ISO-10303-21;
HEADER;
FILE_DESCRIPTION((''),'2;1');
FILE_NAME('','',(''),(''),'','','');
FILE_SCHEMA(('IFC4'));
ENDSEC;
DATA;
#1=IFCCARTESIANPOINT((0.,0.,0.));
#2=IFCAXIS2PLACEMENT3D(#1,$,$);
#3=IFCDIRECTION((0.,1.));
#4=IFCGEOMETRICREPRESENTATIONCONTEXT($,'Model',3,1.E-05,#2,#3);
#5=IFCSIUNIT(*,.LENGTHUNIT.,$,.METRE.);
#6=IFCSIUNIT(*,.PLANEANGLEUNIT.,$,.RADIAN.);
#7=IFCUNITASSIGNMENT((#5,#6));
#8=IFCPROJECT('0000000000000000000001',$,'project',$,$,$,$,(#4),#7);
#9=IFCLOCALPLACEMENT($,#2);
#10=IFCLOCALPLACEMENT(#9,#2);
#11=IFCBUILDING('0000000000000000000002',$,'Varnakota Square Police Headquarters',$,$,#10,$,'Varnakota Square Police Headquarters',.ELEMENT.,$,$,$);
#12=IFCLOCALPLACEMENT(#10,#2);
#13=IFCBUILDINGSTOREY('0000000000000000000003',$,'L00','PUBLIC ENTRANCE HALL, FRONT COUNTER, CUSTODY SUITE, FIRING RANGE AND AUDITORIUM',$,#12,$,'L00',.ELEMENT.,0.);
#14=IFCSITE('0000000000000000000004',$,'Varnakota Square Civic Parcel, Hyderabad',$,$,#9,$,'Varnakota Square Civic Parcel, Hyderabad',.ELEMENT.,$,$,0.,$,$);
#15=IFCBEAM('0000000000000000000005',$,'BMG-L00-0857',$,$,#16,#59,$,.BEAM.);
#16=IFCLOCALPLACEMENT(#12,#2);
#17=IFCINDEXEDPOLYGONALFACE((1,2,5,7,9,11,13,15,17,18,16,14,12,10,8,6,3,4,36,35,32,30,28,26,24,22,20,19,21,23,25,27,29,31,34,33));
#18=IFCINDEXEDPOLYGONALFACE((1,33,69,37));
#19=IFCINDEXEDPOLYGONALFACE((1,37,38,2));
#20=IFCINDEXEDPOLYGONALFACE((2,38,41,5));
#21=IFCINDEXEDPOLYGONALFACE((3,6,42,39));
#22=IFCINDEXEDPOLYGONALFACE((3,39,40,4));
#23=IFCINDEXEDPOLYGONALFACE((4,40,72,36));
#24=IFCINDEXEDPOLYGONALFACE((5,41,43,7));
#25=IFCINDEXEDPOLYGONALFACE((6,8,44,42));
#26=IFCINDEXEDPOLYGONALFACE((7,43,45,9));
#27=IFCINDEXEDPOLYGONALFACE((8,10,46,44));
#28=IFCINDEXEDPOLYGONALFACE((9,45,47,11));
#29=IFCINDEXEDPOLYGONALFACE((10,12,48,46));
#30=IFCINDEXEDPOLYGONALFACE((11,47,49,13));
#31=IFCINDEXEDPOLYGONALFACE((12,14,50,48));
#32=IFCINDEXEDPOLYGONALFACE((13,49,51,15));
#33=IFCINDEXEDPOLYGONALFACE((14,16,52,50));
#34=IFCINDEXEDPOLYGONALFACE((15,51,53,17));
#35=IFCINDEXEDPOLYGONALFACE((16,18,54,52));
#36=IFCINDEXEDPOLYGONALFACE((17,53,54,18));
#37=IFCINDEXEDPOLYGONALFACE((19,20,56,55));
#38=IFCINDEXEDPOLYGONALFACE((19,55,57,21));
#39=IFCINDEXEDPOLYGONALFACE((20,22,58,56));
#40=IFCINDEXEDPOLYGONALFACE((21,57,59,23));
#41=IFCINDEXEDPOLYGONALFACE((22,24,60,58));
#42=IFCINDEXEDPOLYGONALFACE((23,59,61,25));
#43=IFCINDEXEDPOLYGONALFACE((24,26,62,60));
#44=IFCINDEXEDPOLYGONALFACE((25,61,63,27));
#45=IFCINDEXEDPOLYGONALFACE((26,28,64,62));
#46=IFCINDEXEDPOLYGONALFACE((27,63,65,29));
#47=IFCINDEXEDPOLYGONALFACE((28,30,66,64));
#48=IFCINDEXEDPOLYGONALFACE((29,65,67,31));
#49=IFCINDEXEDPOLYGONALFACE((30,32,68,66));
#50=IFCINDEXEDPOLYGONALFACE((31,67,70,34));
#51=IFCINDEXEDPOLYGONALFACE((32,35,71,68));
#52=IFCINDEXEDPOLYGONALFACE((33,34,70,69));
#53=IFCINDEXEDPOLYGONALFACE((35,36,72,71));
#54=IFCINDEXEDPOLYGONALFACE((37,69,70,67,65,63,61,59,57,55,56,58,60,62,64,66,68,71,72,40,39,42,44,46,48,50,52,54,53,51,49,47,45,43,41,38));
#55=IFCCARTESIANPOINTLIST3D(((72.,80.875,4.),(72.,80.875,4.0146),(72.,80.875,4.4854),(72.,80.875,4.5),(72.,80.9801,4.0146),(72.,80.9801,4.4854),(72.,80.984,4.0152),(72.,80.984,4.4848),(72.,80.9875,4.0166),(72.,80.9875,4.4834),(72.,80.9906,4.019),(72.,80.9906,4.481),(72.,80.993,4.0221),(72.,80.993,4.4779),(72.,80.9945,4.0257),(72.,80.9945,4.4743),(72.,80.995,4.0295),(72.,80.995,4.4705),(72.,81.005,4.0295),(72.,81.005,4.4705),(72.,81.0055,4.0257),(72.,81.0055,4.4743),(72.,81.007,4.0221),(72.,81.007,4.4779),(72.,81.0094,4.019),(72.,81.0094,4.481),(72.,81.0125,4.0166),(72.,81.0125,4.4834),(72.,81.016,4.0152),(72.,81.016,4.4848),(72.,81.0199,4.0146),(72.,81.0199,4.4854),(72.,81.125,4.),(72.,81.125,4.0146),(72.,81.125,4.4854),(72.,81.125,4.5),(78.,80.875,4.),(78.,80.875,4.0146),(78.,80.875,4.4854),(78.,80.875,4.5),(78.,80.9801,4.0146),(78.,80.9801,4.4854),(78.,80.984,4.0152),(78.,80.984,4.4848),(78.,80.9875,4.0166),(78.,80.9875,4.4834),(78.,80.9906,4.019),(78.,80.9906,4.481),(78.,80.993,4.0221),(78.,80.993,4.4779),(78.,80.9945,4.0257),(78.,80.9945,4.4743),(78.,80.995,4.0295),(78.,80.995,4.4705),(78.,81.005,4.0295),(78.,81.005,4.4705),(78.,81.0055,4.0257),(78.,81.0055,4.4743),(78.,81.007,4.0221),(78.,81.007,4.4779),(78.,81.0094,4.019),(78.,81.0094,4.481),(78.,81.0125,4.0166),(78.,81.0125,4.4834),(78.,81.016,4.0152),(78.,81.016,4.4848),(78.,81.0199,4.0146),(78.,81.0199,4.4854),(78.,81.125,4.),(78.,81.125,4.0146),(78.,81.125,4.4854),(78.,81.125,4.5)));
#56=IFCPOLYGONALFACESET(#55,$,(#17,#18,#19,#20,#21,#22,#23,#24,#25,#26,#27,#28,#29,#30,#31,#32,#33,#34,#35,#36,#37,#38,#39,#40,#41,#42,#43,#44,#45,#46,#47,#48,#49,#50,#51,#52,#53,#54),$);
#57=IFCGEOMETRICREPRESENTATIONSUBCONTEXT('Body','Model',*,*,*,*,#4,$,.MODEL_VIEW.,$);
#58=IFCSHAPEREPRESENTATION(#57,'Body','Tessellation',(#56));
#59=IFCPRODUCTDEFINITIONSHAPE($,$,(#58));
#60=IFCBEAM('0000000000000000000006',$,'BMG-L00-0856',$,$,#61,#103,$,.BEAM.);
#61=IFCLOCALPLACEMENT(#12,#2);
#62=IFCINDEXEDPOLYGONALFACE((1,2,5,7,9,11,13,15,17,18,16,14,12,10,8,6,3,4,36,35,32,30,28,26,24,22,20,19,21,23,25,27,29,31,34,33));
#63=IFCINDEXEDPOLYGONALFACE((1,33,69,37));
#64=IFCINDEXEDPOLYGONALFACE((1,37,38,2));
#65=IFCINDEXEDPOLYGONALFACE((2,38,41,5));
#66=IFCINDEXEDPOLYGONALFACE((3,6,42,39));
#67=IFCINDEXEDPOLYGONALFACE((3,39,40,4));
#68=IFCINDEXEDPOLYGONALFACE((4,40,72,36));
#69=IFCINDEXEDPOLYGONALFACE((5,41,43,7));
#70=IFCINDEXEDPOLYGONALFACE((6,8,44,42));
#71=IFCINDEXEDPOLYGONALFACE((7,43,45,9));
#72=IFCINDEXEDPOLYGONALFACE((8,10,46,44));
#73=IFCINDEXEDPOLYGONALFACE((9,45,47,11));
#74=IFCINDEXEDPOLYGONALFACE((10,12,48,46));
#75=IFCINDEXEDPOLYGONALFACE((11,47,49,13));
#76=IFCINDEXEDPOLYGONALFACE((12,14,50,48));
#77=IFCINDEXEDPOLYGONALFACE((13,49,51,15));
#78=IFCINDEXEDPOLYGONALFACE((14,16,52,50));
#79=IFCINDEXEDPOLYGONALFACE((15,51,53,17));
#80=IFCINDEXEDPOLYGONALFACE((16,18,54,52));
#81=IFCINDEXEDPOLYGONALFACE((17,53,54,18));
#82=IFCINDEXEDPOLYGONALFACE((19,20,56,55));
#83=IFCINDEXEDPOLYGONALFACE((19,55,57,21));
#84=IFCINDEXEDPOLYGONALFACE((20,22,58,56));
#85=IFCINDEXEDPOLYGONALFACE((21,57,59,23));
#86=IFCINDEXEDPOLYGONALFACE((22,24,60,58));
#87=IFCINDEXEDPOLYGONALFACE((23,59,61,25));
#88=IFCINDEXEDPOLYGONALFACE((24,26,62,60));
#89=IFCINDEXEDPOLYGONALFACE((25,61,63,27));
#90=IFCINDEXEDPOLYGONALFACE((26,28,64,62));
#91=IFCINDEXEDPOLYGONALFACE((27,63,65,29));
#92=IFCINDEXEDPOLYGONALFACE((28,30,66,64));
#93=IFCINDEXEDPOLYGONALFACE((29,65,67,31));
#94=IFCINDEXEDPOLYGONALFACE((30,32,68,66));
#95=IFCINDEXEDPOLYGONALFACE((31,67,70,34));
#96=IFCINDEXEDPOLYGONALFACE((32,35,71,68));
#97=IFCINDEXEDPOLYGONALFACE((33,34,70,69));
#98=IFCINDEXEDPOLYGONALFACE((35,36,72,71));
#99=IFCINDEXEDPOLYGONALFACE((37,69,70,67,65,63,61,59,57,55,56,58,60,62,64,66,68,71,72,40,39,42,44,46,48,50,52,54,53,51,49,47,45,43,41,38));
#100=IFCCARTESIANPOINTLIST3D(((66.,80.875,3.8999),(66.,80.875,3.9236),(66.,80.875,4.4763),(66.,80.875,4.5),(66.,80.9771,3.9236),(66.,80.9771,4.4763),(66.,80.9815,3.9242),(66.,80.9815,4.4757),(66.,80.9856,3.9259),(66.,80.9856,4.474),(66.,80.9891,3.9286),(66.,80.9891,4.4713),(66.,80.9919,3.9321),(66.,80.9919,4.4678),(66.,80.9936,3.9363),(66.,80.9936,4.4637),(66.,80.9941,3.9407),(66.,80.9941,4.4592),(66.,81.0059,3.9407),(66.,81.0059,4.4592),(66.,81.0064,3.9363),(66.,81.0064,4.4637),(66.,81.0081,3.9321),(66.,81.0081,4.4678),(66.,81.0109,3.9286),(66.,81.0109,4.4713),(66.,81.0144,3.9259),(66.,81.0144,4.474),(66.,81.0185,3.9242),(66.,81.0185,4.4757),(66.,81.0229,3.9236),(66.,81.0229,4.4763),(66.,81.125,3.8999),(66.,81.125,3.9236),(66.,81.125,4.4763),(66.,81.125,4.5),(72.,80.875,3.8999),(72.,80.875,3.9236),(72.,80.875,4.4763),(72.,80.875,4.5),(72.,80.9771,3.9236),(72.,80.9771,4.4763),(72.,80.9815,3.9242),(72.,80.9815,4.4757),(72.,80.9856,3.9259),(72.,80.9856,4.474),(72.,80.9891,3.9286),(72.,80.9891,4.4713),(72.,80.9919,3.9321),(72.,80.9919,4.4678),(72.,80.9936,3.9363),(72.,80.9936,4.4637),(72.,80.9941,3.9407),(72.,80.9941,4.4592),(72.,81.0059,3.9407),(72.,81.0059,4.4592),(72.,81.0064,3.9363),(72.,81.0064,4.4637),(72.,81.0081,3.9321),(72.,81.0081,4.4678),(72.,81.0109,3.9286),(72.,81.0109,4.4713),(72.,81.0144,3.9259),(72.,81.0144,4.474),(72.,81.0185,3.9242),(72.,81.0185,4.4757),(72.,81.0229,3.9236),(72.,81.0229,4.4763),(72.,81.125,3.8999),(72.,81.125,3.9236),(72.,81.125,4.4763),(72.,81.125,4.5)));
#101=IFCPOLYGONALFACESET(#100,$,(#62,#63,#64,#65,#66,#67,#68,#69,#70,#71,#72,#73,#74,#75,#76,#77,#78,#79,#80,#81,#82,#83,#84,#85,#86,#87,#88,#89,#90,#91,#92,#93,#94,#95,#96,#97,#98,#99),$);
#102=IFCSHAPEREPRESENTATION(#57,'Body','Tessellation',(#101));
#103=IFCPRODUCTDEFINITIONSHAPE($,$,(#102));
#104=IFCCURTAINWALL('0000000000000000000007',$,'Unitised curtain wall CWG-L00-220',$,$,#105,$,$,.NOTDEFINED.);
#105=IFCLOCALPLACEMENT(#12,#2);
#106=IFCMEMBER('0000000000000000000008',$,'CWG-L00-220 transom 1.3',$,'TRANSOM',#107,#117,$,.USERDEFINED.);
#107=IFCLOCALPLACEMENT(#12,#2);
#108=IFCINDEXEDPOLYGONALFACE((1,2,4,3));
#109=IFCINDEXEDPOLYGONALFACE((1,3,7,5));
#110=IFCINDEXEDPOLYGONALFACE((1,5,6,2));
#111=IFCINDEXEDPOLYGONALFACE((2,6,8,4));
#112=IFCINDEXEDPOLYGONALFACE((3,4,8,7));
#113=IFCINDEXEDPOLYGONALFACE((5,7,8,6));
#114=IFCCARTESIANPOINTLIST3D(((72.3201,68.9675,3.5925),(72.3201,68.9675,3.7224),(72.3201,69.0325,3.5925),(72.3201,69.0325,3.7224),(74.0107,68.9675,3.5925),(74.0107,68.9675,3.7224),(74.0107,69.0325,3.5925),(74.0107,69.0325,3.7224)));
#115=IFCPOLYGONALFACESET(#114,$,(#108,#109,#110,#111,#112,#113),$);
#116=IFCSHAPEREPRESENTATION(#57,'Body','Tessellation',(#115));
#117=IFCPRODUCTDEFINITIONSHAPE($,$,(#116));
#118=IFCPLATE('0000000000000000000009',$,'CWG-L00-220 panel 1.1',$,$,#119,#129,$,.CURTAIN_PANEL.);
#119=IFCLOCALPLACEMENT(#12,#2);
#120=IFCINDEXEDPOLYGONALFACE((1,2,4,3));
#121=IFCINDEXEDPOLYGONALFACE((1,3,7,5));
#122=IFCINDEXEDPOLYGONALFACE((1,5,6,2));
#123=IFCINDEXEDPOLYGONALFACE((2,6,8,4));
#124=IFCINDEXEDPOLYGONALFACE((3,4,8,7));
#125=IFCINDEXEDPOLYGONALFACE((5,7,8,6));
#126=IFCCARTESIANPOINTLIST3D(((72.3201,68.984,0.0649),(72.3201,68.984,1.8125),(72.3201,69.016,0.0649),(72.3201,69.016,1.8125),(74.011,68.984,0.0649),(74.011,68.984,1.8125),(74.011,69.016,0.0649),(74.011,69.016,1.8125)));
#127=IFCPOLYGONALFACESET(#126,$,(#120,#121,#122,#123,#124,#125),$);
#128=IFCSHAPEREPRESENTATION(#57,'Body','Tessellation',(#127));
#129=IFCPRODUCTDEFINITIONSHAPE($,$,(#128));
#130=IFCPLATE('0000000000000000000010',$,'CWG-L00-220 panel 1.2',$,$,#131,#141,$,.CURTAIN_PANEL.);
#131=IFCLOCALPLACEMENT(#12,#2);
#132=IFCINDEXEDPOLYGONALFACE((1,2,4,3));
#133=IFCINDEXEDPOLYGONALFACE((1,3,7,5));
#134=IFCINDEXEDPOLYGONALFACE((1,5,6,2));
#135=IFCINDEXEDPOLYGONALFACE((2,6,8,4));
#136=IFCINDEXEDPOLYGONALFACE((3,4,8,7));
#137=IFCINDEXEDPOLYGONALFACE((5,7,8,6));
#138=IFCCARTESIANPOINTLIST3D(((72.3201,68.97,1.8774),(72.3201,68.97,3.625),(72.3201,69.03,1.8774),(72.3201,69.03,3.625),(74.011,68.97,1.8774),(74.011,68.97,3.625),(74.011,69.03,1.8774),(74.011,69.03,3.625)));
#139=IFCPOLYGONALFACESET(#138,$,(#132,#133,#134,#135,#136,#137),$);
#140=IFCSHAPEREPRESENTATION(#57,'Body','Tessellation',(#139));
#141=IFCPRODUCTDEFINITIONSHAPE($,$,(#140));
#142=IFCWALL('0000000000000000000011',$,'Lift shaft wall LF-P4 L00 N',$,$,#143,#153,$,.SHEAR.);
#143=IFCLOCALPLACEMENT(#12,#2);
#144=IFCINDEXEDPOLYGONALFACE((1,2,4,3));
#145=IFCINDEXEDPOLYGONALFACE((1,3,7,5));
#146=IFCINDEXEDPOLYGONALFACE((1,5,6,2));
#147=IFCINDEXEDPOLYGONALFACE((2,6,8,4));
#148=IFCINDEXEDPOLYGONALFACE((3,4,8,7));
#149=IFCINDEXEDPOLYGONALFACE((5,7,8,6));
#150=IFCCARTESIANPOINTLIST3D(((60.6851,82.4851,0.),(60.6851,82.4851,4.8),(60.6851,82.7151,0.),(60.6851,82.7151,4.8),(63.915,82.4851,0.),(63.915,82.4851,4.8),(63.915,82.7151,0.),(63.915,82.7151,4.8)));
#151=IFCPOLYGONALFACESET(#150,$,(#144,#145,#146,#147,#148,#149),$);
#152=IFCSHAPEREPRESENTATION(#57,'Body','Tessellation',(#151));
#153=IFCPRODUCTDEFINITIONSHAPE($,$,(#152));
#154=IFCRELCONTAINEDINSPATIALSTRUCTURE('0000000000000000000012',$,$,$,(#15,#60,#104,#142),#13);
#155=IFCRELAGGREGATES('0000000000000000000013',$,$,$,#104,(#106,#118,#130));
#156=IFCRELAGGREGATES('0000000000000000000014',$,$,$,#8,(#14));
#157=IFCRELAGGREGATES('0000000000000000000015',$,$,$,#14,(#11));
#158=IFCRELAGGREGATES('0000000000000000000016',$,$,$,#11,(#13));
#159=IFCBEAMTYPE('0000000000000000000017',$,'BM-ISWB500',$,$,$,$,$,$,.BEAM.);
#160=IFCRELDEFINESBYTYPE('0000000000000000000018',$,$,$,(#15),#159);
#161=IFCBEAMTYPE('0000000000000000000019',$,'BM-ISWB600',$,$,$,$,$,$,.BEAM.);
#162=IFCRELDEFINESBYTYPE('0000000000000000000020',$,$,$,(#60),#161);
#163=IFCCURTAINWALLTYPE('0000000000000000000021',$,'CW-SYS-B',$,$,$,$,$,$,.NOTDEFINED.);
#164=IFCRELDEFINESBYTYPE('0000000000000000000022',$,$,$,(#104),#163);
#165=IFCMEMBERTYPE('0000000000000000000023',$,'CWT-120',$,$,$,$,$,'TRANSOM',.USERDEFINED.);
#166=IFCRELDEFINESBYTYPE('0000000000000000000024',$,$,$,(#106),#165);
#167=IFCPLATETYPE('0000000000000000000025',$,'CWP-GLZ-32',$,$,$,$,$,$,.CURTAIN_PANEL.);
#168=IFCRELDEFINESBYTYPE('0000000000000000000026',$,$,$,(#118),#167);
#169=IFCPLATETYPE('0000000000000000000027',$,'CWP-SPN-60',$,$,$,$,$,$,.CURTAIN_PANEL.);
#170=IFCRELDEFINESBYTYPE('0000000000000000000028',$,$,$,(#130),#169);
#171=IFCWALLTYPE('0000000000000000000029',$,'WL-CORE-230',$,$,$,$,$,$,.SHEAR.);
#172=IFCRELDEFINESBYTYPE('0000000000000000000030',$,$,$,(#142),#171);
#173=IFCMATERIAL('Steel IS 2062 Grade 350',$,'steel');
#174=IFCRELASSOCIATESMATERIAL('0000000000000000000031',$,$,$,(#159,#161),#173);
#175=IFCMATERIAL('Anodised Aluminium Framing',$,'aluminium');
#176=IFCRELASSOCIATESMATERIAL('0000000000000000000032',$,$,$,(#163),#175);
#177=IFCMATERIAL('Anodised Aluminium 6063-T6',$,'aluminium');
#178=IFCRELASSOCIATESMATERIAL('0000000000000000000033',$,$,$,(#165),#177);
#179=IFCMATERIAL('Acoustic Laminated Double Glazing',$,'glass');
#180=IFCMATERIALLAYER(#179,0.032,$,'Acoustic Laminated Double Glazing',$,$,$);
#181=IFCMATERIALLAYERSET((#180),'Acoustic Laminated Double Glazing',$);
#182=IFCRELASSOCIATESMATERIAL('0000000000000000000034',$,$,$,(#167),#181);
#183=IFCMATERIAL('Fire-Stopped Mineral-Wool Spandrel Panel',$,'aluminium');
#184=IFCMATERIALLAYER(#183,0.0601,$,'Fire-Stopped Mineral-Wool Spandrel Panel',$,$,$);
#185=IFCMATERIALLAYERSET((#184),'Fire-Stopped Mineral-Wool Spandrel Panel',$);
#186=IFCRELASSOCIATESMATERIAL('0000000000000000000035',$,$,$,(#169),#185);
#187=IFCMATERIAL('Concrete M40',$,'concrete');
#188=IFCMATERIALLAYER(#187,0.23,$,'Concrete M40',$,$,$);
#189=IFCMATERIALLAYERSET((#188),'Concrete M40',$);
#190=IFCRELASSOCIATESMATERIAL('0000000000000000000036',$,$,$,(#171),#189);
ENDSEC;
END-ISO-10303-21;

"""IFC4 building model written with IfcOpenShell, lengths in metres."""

from ifc_helpers import new_model, si_unit, direction, frame, frame_2d, origin, origin_2d, place, context, subcontext, project, spatial, rectangle, i_section, extrude, material, layer, layer_set, material_profile, profile_set, type_object, element, aggregate, save


model = new_model("IFC4")

# Units and contexts
model_context = context("Model", 3, precision=1e-05, world=origin(), true_north=direction((0.0, 1.0)))
body_context = subcontext(model_context, "Body", "Model", "MODEL_VIEW")
ifc_project = project(units=[si_unit("LENGTHUNIT", "METRE"), si_unit("PLANEANGLEUNIT", "RADIAN")], contexts=[model_context])

# Site, building, storey
site_placement = place(None, origin())
site = spatial("IfcSite", under=ifc_project, at=site_placement, Name="Varnakota Square Civic Parcel, Hyderabad", LongName="Varnakota Square Civic Parcel, Hyderabad", CompositionType="ELEMENT", RefElevation=0.0)
building_placement = place(site_placement, origin())
building = spatial("IfcBuilding", under=site, at=building_placement, Name="Varnakota Square Police Headquarters", LongName="Varnakota Square Police Headquarters", CompositionType="ELEMENT")
storey_placement = place(building_placement, origin())
storey = spatial("IfcBuildingStorey", under=building, at=storey_placement, Name="L00", Description="PUBLIC ENTRANCE HALL, FRONT COUNTER, CUSTODY SUITE, FIRING RANGE AND AUDITORIUM", LongName="L00", CompositionType="ELEMENT", Elevation=0.0)

# Shared definitions
ifc_material_1 = material(Name="Concrete M40", Category="concrete")

# Beams
ifc_material_2 = material(Name="Steel IS 2062 Grade 350", Category="steel")
ifc_material_profile_1 = material_profile(ifc_material_2, i_section(OverallWidth=0.25, OverallDepth=0.5, WebThickness=0.01, FlangeThickness=0.0146, FilletRadius=0.0149, at=origin_2d()), Name="ISWB 500")
ifc_profile_set_1 = profile_set([ifc_material_profile_1], Name="Steel IS 2062 Grade 350")
beam_type_1 = type_object("IfcBeamType", Name="BM-ISWB500", PredefinedType="BEAM", material=ifc_profile_set_1)
beam_1_placement = place(storey_placement, frame((72.0, 81.0, 4.25), z_axis=(1.0, 0.0, 0.0), x_axis=(0.0, 1.0, 0.0)))
element("IfcBeam", 1, at=beam_1_placement, inside=storey, type_object=beam_type_1, Name="BMG-L00-0857", PredefinedType="BEAM", context=body_context, shape_type="SweptSolid", body=[
    extrude(i_section(OverallWidth=0.25, OverallDepth=0.5, WebThickness=0.01, FlangeThickness=0.0146, FilletRadius=0.0149, at=origin_2d()), origin(), (0.0, 0.0, 1.0), 6.0),
])
ifc_material_profile_2 = material_profile(ifc_material_2, i_section(OverallWidth=0.25, OverallDepth=0.6001, WebThickness=0.0117, FlangeThickness=0.0237, FilletRadius=0.0171, at=origin_2d()), Name="ISWB 600")
ifc_profile_set_2 = profile_set([ifc_material_profile_2], Name="Steel IS 2062 Grade 350")
beam_type_2 = type_object("IfcBeamType", Name="BM-ISWB600", PredefinedType="BEAM", material=ifc_profile_set_2)
beam_2_placement = place(storey_placement, frame((66.0, 81.0, 4.2), z_axis=(1.0, 0.0, 0.0), x_axis=(0.0, 1.0, 0.0)))
element("IfcBeam", 2, at=beam_2_placement, inside=storey, type_object=beam_type_2, Name="BMG-L00-0856", PredefinedType="BEAM", context=body_context, shape_type="SweptSolid", body=[
    extrude(i_section(OverallWidth=0.25, OverallDepth=0.6001, WebThickness=0.0117, FlangeThickness=0.0237, FilletRadius=0.0171, at=origin_2d()), origin(), (0.0, 0.0, 1.0), 6.0),
])

# Curtain wall, member, plates
ifc_material_3 = material(Name="Anodised Aluminium Framing", Category="aluminium")
curtain_wall_type = type_object("IfcCurtainWallType", Name="CW-SYS-B", PredefinedType="NOTDEFINED", material=ifc_material_3)
curtain_wall_placement = place(storey_placement, origin())
curtain_wall = element("IfcCurtainWall", 3, at=curtain_wall_placement, inside=storey, type_object=curtain_wall_type, Name="Unitised curtain wall CWG-L00-220", PredefinedType="NOTDEFINED")
ifc_material_4 = material(Name="Anodised Aluminium 6063-T6", Category="aluminium")
ifc_material_profile_3 = material_profile(ifc_material_4, rectangle(XDim=0.0649, YDim=0.1299, at=origin_2d()), Name="ALU TRANSOM 65x130")
ifc_profile_set_3 = profile_set([ifc_material_profile_3], Name="Anodised Aluminium 6063-T6")
member_type = type_object("IfcMemberType", Name="CWT-120", ElementType="TRANSOM", PredefinedType="USERDEFINED", material=ifc_profile_set_3)
member_placement = place(storey_placement, frame((72.3201, 69.0, 3.6575), z_axis=(1.0, 0.0, 0.0), x_axis=(0.0, 1.0, 0.0)))
member = element("IfcMember", 4, at=member_placement, type_object=member_type, Name="CWG-L00-220 transom 1.3", ObjectType="TRANSOM", PredefinedType="USERDEFINED", context=body_context, shape_type="SweptSolid", body=[
    extrude(rectangle(XDim=0.0649, YDim=0.1299, at=origin_2d()), origin(), (0.0, 0.0, 1.0), 1.6907),
])
ifc_material_5 = material(Name="Acoustic Laminated Double Glazing", Category="glass")
ifc_layer_1 = layer(ifc_material_5, 0.032, Name="Acoustic Laminated Double Glazing")
ifc_layer_set_1 = layer_set([ifc_layer_1], Name="Acoustic Laminated Double Glazing")
plate_type_1 = type_object("IfcPlateType", Name="CWP-GLZ-32", PredefinedType="CURTAIN_PANEL", material=ifc_layer_set_1)
plate_1_placement = place(storey_placement, frame((73.1655, 69.0, 0.0649), z_axis=(0.0, 0.0, 1.0), x_axis=(1.0, 0.0, 0.0)))
plate_1 = element("IfcPlate", 5, at=plate_1_placement, type_object=plate_type_1, Name="CWG-L00-220 panel 1.1", PredefinedType="CURTAIN_PANEL", context=body_context, shape_type="SweptSolid", body=[
    extrude(rectangle(XDim=1.6909, YDim=0.032, at=origin_2d()), origin(), (0.0, 0.0, 1.0), 1.7476),
])
ifc_material_6 = material(Name="Fire-Stopped Mineral-Wool Spandrel Panel", Category="aluminium")
ifc_layer_2 = layer(ifc_material_6, 0.0601, Name="Fire-Stopped Mineral-Wool Spandrel Panel")
ifc_layer_set_2 = layer_set([ifc_layer_2], Name="Fire-Stopped Mineral-Wool Spandrel Panel")
plate_type_2 = type_object("IfcPlateType", Name="CWP-SPN-60", PredefinedType="CURTAIN_PANEL", material=ifc_layer_set_2)
plate_2_placement = place(storey_placement, frame((73.1655, 69.0, 1.8774), z_axis=(0.0, 0.0, 1.0), x_axis=(1.0, 0.0, 0.0)))
plate_2 = element("IfcPlate", 6, at=plate_2_placement, type_object=plate_type_2, Name="CWG-L00-220 panel 1.2", PredefinedType="CURTAIN_PANEL", context=body_context, shape_type="SweptSolid", body=[
    extrude(rectangle(XDim=1.6909, YDim=0.0601, at=origin_2d()), origin(), (0.0, 0.0, 1.0), 1.7476),
])
aggregate(curtain_wall, [member, plate_1, plate_2])

# Shared definitions
ifc_layer_3 = layer(ifc_material_1, 0.23, Name="Concrete M40")
ifc_layer_set_3 = layer_set([ifc_layer_3], Name="Concrete M40")
wall_type_1 = type_object("IfcWallType", Name="WL-CORE-230", PredefinedType="SHEAR", material=ifc_layer_set_3)

# Wall
wall_1_placement = place(storey_placement, frame((63.915, 82.6001, 0.0), z_axis=(0.0, 0.0, 1.0), x_axis=(-1.0, 0.0, 0.0)))
element("IfcWall", 7, at=wall_1_placement, inside=storey, type_object=wall_type_1, Name="Lift shaft wall LF-P4 L00 N", PredefinedType="SHEAR", context=body_context, shape_type="SweptSolid", body=[
    extrude(rectangle(XDim=3.23, YDim=0.23, at=frame_2d((1.615, 0.0))), origin(), (0.0, 0.0, 1.0), 4.8),
])

save(model, "model.ifc")
